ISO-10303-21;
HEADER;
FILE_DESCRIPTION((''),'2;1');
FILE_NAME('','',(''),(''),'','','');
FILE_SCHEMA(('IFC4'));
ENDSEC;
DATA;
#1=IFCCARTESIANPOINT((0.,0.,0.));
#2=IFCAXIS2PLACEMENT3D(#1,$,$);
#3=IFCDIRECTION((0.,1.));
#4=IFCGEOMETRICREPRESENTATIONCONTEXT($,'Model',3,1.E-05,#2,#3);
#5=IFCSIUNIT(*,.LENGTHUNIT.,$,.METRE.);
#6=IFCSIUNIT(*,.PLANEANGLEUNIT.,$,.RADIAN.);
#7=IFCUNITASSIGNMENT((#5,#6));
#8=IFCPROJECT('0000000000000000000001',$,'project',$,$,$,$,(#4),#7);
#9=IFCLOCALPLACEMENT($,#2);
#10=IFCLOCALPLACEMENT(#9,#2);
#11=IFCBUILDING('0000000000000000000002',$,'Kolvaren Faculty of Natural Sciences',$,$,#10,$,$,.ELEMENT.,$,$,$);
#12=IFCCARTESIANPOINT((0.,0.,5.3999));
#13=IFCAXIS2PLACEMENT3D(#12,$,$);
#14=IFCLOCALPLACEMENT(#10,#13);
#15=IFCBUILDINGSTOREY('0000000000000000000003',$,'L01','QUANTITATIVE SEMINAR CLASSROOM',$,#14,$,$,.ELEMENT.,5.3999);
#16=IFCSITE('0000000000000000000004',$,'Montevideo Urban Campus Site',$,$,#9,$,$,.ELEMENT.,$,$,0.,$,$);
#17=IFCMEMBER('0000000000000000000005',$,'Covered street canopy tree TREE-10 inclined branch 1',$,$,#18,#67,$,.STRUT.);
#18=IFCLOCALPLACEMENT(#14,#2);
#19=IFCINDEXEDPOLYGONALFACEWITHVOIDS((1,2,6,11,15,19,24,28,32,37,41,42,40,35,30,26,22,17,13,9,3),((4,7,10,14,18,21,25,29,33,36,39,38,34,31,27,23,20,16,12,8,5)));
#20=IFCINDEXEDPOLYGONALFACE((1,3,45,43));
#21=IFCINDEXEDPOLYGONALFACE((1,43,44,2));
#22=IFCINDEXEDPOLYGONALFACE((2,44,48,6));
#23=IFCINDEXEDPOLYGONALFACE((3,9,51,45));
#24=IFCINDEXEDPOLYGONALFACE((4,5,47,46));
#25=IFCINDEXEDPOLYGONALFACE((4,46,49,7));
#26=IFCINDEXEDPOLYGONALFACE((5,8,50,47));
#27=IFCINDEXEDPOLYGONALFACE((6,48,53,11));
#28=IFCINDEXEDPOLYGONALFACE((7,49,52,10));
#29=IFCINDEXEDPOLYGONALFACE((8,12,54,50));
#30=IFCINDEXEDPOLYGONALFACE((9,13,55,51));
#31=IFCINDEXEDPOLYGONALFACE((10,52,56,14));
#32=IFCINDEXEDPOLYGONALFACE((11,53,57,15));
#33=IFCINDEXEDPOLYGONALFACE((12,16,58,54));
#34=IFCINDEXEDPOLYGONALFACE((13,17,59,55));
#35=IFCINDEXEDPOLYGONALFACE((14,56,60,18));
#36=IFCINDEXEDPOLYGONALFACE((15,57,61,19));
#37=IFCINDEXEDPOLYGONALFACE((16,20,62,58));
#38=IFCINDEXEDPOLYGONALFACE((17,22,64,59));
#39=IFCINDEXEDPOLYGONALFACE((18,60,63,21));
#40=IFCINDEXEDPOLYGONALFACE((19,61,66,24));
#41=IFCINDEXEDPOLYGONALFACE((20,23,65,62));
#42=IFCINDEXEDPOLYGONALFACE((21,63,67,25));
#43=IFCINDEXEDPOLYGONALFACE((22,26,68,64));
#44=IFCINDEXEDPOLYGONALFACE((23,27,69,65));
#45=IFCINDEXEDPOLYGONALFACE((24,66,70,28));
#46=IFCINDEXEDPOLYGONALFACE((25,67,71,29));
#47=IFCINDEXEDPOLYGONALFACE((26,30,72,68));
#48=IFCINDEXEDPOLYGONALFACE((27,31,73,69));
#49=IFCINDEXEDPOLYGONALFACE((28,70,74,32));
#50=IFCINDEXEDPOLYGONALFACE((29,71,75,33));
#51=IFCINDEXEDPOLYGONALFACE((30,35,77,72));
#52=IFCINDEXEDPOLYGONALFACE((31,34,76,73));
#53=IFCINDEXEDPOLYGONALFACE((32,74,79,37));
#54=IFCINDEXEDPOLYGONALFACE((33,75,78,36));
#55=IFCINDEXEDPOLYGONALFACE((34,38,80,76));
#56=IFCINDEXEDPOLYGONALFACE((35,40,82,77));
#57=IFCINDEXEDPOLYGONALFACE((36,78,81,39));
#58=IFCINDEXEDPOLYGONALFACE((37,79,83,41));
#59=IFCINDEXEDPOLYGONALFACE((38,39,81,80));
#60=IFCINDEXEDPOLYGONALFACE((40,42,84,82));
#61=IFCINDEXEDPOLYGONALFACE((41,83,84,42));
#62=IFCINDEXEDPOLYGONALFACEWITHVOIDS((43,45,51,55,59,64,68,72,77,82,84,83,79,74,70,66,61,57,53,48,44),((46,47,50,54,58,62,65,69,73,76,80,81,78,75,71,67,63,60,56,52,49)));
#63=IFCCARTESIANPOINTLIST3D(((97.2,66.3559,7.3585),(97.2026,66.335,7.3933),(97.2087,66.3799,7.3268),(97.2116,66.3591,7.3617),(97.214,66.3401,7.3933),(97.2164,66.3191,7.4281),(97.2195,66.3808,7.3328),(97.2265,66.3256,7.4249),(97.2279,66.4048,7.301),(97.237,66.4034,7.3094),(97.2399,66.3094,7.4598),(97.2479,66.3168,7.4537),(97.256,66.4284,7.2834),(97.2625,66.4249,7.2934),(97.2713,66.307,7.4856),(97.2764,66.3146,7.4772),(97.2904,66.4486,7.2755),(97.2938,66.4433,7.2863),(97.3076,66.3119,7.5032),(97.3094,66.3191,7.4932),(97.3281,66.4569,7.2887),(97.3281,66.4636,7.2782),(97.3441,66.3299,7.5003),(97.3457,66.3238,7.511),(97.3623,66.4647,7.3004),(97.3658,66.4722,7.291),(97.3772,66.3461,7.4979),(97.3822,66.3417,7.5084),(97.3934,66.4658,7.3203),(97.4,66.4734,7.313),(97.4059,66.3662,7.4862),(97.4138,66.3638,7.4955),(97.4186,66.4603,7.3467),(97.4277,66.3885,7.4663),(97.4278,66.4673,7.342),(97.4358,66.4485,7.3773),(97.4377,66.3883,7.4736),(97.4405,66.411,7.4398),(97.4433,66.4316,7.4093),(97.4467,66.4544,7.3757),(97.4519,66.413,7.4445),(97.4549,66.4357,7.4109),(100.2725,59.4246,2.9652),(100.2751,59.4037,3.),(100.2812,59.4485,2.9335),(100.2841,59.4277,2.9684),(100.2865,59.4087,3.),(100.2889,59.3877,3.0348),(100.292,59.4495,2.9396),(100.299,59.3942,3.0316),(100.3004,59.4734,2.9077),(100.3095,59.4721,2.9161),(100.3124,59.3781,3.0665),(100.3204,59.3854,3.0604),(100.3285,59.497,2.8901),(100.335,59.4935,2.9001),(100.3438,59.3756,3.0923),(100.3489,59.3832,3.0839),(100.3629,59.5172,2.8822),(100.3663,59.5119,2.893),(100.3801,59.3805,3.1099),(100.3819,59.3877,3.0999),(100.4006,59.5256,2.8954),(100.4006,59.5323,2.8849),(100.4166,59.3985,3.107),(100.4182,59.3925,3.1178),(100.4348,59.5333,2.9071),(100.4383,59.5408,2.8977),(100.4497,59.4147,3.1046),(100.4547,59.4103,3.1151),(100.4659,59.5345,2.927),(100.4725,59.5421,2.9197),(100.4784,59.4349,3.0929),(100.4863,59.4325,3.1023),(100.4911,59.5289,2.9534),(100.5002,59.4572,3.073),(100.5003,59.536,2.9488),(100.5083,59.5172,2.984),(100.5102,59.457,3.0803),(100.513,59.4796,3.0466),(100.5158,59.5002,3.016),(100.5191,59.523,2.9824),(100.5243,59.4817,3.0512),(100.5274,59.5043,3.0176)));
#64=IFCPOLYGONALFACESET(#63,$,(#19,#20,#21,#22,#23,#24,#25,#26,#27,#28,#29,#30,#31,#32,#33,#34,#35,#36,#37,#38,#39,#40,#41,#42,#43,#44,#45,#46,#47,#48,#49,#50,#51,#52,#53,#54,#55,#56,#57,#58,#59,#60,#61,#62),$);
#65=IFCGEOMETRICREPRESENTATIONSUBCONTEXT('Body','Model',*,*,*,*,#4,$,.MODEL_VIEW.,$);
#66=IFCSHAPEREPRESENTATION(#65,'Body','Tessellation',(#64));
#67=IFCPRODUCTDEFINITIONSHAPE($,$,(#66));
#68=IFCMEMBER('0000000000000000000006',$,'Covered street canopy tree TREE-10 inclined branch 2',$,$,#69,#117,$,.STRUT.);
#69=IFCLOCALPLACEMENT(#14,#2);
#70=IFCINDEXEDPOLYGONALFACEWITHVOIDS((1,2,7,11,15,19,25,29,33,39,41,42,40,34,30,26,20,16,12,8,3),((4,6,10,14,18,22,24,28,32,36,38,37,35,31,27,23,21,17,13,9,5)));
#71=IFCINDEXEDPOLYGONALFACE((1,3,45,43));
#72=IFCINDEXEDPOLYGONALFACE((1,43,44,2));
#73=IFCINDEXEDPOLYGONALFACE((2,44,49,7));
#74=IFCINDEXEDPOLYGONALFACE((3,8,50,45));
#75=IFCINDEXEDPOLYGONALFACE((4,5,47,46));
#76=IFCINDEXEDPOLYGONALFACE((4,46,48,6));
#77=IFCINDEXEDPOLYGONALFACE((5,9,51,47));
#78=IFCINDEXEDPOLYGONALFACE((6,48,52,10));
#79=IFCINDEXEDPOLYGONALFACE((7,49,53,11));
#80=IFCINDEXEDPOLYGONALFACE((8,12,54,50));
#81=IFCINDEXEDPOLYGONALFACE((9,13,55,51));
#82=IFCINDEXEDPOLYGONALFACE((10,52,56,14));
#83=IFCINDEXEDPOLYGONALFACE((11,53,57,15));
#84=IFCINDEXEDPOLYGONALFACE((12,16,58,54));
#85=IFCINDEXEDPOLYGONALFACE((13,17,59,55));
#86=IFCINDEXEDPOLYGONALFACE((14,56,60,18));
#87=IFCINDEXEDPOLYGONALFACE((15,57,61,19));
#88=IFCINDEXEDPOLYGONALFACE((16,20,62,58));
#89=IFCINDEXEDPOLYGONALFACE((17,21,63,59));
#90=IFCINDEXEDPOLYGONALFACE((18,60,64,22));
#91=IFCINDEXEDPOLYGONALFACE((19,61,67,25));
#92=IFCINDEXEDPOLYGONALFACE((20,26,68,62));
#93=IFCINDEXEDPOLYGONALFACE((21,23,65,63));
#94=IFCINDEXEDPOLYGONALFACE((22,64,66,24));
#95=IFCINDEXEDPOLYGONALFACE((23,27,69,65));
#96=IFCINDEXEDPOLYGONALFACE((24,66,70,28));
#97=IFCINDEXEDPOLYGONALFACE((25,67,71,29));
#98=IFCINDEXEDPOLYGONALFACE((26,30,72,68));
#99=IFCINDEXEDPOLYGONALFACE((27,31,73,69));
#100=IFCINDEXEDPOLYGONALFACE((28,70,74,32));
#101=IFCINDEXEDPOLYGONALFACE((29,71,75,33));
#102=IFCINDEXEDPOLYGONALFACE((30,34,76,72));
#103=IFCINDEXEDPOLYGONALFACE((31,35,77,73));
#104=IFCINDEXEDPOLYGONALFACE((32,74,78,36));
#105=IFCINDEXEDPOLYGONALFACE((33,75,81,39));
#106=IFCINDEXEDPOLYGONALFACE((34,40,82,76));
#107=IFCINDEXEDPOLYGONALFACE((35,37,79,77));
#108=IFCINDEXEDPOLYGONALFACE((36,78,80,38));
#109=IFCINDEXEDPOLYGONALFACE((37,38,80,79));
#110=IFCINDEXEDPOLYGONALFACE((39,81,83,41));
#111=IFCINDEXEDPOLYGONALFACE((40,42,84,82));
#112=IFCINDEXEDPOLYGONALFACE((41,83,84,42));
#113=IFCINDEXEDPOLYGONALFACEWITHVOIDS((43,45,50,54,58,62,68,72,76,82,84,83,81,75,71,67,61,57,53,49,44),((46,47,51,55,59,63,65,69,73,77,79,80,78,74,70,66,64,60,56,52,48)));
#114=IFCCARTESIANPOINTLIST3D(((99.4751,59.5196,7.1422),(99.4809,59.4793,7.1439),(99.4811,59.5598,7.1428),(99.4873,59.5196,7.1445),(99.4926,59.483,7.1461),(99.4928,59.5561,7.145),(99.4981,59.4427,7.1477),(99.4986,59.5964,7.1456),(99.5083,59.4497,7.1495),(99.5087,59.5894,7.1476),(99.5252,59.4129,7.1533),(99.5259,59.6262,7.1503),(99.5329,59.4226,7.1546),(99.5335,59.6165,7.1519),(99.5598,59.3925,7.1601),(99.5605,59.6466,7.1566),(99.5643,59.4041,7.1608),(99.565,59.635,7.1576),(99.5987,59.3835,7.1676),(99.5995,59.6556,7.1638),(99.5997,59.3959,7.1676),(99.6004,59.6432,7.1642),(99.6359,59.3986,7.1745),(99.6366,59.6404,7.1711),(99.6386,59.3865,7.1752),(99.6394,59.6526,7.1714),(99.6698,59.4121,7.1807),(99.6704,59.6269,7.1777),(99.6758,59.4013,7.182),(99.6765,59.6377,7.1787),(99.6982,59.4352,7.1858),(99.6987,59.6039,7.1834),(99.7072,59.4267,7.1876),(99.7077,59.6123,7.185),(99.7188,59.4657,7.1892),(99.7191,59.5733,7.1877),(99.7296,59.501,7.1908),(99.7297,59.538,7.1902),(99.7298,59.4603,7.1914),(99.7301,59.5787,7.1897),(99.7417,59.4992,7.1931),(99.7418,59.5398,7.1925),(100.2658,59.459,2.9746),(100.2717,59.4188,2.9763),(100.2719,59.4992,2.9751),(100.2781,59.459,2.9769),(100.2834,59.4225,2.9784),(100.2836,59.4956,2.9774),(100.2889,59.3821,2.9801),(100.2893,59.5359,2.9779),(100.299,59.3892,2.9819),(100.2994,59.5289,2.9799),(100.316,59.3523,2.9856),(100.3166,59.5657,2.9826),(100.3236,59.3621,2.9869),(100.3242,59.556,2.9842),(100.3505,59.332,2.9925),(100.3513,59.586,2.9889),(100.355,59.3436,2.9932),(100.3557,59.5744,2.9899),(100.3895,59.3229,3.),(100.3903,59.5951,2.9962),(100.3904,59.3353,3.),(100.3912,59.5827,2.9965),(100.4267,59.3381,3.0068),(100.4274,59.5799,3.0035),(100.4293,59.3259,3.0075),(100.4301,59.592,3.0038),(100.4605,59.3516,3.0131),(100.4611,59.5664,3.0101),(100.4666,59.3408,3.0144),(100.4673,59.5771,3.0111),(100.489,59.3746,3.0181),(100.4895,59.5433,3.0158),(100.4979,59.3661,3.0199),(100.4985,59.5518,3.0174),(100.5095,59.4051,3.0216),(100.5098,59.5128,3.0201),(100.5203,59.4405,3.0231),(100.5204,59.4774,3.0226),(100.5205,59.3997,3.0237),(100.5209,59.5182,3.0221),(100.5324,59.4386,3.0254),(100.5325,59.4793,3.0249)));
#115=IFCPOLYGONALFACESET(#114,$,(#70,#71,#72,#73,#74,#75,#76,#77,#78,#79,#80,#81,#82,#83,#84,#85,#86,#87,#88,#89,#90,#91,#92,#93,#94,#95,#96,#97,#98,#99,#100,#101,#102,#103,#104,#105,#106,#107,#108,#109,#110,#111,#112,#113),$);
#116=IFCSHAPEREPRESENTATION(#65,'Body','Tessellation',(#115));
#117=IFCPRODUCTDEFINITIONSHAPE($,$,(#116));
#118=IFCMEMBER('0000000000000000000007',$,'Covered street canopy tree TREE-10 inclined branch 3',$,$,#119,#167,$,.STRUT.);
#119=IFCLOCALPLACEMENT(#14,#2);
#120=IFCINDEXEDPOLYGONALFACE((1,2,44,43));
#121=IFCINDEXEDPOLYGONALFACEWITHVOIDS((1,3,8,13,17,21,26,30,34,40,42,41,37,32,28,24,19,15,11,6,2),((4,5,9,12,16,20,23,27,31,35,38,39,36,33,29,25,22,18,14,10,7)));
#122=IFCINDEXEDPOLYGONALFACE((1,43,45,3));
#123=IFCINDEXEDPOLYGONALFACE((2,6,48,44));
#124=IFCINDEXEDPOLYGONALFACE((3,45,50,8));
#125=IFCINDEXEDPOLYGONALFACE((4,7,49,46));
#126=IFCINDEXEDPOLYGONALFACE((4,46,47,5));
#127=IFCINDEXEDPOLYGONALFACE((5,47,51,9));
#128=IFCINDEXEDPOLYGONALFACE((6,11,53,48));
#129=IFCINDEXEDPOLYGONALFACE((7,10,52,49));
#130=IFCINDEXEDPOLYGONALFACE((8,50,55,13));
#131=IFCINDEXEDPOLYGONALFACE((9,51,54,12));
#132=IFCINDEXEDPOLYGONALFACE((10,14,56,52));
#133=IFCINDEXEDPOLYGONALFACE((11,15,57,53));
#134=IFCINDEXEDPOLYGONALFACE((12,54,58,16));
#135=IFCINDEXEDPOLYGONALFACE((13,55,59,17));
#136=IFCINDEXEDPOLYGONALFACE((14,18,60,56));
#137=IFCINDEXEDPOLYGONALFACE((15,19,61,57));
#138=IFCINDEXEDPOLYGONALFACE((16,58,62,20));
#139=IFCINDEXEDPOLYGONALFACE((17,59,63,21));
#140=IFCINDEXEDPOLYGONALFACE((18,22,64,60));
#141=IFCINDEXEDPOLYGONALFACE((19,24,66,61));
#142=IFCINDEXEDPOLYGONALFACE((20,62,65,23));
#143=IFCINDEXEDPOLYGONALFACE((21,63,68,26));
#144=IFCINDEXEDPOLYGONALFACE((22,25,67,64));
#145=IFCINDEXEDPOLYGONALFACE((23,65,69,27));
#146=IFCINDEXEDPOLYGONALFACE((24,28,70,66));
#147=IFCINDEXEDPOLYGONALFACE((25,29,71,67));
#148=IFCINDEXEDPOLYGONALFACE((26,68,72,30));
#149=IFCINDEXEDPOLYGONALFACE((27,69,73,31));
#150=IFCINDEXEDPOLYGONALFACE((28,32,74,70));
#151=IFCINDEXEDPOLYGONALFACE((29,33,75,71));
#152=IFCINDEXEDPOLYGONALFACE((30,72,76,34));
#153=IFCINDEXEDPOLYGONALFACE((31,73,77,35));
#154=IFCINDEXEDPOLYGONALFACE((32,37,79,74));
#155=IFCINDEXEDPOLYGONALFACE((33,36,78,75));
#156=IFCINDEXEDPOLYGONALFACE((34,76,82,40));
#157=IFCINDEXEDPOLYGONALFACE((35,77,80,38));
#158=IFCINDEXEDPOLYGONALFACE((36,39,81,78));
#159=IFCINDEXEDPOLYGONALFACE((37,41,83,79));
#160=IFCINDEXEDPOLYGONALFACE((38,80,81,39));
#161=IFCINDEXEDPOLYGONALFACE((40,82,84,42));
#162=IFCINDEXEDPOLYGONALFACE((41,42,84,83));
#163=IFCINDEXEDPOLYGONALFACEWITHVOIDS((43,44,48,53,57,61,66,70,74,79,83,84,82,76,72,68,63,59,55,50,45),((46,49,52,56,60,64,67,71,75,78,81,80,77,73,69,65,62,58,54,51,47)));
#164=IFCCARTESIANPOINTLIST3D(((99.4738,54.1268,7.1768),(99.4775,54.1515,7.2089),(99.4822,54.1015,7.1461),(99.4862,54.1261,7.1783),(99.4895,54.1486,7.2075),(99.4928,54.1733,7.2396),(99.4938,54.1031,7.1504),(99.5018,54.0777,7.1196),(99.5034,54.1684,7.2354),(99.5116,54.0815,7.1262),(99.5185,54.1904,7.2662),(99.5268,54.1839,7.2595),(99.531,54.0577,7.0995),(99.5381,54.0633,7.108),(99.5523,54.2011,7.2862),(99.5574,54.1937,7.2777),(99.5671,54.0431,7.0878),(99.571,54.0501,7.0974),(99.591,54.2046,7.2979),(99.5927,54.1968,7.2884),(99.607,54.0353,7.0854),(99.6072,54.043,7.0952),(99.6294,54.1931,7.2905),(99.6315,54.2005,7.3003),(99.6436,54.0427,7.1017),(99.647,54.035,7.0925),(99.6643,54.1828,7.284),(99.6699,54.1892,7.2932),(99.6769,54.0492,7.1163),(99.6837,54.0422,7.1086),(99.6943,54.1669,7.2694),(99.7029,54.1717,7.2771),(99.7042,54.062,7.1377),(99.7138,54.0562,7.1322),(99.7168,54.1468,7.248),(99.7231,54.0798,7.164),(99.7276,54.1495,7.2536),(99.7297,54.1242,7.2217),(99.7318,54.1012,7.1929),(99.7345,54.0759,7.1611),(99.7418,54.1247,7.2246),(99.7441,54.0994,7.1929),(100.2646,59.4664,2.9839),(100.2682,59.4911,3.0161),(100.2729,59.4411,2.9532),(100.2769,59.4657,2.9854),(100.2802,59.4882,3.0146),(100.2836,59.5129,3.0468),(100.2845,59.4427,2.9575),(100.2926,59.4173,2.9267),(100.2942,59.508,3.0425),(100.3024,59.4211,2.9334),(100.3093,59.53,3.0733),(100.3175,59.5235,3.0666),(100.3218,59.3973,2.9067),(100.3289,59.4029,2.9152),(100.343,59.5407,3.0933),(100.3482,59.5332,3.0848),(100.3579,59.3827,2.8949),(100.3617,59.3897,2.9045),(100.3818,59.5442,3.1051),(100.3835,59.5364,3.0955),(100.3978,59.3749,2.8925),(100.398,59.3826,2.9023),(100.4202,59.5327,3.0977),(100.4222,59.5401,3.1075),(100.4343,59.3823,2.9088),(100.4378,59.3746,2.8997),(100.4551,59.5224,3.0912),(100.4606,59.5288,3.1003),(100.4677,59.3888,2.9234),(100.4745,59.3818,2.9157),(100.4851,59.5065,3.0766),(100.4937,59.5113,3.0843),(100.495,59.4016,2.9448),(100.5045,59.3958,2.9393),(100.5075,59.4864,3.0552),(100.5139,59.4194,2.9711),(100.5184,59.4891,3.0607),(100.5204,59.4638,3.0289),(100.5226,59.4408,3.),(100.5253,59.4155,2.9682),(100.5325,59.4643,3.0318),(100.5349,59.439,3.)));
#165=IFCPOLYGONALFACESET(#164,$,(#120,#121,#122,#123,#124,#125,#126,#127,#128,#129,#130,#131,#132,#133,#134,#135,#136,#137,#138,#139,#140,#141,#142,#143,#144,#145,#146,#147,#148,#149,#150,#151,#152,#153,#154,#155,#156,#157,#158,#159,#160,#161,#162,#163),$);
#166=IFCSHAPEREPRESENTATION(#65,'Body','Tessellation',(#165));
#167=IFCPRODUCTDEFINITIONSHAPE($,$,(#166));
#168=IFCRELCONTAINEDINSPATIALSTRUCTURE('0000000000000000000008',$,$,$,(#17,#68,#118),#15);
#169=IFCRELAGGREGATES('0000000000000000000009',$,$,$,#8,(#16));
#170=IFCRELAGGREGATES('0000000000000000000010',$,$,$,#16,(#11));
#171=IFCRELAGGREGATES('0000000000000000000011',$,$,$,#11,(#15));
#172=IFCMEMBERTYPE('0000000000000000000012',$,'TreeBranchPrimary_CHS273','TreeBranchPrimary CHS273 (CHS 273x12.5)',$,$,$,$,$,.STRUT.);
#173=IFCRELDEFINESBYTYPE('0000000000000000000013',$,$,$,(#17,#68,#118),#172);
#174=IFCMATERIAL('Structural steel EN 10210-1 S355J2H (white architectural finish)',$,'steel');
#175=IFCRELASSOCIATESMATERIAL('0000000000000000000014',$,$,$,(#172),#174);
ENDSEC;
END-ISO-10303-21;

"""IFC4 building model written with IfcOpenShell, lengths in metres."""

from ifc_helpers import new_model, si_unit, direction, frame, origin, origin_2d, place, context, subcontext, project, spatial, hollow_circle, extrude, material, material_profile, profile_set, type_object, element, save


model = new_model("IFC4")

# Units and contexts
model_context = context("Model", 3, precision=1e-05, world=origin(), true_north=direction((0.0, 1.0)))
body_context = subcontext(model_context, "Body", "Model", "MODEL_VIEW")
ifc_project = project(units=[si_unit("LENGTHUNIT", "METRE"), si_unit("PLANEANGLEUNIT", "RADIAN")], contexts=[model_context])

# Site, building, storey
site_placement = place(None, origin())
site = spatial("IfcSite", under=ifc_project, at=site_placement, Name="Montevideo Urban Campus Site", CompositionType="ELEMENT", RefElevation=0.0)
building_placement = place(site_placement, origin())
building = spatial("IfcBuilding", under=site, at=building_placement, Name="Kolvaren Faculty of Natural Sciences", CompositionType="ELEMENT")
storey_placement = place(building_placement, frame((0.0, 0.0, 5.3999)))
storey = spatial("IfcBuildingStorey", under=building, at=storey_placement, Name="L01", Description="QUANTITATIVE SEMINAR CLASSROOM", CompositionType="ELEMENT", Elevation=5.3999)

# Members
ifc_material_1 = material(Name="Structural steel EN 10210-1 S355J2H (white architectural finish)", Category="steel")
ifc_material_profile_1 = material_profile(ifc_material_1, hollow_circle(Radius=0.1365, WallThickness=0.0125, at=origin_2d()), Name="CHS 273x12.5")
ifc_profile_set_1 = profile_set([ifc_material_profile_1], Name="Structural steel EN 10210-1 S355J2H (white architectural finish)")
member_type = type_object("IfcMemberType", Name="TreeBranchPrimary_CHS273", Description="TreeBranchPrimary CHS273 (CHS 273x12.5)", PredefinedType="STRUT", material=ifc_profile_set_1)
member_1_placement = place(storey_placement, frame((100.3999, 59.459, 3.0), z_axis=(-0.350633, 0.791007, 0.501362), x_axis=(-0.914208, -0.405245, 0.0)))
element("IfcMember", 1, at=member_1_placement, inside=storey, type_object=member_type, Name="Covered street canopy tree TREE-10 inclined branch 1", PredefinedType="STRUT", context=body_context, shape_type="SweptSolid", body=[
    extrude(hollow_circle(Radius=0.1365, WallThickness=0.0125, at=origin_2d()), origin(), (0.0, 0.0, 1.0), 8.7627),
])
member_2_placement = place(storey_placement, frame((100.3999, 59.459, 3.0), z_axis=(-0.186392, 0.014271, 0.982372), x_axis=(-0.076343, -0.997082, 0.0)))
element("IfcMember", 2, at=member_2_placement, inside=storey, type_object=member_type, Name="Covered street canopy tree TREE-10 inclined branch 2", PredefinedType="STRUT", context=body_context, shape_type="SweptSolid", body=[
    extrude(hollow_circle(Radius=0.1365, WallThickness=0.0125, at=origin_2d()), origin(), (0.0, 0.0, 1.0), 4.2424),
])
member_3_placement = place(storey_placement, frame((100.3999, 59.459, 3.0), z_axis=(-0.115695, -0.781218, 0.613444), x_axis=(0.989211, -0.146498, 0.0)))
element("IfcMember", 3, at=member_3_placement, inside=storey, type_object=member_type, Name="Covered street canopy tree TREE-10 inclined branch 3", PredefinedType="STRUT", context=body_context, shape_type="SweptSolid", body=[
    extrude(hollow_circle(Radius=0.1365, WallThickness=0.0125, at=origin_2d()), origin(), (0.0, 0.0, 1.0), 6.835),
])

save(model, "model.ifc")
